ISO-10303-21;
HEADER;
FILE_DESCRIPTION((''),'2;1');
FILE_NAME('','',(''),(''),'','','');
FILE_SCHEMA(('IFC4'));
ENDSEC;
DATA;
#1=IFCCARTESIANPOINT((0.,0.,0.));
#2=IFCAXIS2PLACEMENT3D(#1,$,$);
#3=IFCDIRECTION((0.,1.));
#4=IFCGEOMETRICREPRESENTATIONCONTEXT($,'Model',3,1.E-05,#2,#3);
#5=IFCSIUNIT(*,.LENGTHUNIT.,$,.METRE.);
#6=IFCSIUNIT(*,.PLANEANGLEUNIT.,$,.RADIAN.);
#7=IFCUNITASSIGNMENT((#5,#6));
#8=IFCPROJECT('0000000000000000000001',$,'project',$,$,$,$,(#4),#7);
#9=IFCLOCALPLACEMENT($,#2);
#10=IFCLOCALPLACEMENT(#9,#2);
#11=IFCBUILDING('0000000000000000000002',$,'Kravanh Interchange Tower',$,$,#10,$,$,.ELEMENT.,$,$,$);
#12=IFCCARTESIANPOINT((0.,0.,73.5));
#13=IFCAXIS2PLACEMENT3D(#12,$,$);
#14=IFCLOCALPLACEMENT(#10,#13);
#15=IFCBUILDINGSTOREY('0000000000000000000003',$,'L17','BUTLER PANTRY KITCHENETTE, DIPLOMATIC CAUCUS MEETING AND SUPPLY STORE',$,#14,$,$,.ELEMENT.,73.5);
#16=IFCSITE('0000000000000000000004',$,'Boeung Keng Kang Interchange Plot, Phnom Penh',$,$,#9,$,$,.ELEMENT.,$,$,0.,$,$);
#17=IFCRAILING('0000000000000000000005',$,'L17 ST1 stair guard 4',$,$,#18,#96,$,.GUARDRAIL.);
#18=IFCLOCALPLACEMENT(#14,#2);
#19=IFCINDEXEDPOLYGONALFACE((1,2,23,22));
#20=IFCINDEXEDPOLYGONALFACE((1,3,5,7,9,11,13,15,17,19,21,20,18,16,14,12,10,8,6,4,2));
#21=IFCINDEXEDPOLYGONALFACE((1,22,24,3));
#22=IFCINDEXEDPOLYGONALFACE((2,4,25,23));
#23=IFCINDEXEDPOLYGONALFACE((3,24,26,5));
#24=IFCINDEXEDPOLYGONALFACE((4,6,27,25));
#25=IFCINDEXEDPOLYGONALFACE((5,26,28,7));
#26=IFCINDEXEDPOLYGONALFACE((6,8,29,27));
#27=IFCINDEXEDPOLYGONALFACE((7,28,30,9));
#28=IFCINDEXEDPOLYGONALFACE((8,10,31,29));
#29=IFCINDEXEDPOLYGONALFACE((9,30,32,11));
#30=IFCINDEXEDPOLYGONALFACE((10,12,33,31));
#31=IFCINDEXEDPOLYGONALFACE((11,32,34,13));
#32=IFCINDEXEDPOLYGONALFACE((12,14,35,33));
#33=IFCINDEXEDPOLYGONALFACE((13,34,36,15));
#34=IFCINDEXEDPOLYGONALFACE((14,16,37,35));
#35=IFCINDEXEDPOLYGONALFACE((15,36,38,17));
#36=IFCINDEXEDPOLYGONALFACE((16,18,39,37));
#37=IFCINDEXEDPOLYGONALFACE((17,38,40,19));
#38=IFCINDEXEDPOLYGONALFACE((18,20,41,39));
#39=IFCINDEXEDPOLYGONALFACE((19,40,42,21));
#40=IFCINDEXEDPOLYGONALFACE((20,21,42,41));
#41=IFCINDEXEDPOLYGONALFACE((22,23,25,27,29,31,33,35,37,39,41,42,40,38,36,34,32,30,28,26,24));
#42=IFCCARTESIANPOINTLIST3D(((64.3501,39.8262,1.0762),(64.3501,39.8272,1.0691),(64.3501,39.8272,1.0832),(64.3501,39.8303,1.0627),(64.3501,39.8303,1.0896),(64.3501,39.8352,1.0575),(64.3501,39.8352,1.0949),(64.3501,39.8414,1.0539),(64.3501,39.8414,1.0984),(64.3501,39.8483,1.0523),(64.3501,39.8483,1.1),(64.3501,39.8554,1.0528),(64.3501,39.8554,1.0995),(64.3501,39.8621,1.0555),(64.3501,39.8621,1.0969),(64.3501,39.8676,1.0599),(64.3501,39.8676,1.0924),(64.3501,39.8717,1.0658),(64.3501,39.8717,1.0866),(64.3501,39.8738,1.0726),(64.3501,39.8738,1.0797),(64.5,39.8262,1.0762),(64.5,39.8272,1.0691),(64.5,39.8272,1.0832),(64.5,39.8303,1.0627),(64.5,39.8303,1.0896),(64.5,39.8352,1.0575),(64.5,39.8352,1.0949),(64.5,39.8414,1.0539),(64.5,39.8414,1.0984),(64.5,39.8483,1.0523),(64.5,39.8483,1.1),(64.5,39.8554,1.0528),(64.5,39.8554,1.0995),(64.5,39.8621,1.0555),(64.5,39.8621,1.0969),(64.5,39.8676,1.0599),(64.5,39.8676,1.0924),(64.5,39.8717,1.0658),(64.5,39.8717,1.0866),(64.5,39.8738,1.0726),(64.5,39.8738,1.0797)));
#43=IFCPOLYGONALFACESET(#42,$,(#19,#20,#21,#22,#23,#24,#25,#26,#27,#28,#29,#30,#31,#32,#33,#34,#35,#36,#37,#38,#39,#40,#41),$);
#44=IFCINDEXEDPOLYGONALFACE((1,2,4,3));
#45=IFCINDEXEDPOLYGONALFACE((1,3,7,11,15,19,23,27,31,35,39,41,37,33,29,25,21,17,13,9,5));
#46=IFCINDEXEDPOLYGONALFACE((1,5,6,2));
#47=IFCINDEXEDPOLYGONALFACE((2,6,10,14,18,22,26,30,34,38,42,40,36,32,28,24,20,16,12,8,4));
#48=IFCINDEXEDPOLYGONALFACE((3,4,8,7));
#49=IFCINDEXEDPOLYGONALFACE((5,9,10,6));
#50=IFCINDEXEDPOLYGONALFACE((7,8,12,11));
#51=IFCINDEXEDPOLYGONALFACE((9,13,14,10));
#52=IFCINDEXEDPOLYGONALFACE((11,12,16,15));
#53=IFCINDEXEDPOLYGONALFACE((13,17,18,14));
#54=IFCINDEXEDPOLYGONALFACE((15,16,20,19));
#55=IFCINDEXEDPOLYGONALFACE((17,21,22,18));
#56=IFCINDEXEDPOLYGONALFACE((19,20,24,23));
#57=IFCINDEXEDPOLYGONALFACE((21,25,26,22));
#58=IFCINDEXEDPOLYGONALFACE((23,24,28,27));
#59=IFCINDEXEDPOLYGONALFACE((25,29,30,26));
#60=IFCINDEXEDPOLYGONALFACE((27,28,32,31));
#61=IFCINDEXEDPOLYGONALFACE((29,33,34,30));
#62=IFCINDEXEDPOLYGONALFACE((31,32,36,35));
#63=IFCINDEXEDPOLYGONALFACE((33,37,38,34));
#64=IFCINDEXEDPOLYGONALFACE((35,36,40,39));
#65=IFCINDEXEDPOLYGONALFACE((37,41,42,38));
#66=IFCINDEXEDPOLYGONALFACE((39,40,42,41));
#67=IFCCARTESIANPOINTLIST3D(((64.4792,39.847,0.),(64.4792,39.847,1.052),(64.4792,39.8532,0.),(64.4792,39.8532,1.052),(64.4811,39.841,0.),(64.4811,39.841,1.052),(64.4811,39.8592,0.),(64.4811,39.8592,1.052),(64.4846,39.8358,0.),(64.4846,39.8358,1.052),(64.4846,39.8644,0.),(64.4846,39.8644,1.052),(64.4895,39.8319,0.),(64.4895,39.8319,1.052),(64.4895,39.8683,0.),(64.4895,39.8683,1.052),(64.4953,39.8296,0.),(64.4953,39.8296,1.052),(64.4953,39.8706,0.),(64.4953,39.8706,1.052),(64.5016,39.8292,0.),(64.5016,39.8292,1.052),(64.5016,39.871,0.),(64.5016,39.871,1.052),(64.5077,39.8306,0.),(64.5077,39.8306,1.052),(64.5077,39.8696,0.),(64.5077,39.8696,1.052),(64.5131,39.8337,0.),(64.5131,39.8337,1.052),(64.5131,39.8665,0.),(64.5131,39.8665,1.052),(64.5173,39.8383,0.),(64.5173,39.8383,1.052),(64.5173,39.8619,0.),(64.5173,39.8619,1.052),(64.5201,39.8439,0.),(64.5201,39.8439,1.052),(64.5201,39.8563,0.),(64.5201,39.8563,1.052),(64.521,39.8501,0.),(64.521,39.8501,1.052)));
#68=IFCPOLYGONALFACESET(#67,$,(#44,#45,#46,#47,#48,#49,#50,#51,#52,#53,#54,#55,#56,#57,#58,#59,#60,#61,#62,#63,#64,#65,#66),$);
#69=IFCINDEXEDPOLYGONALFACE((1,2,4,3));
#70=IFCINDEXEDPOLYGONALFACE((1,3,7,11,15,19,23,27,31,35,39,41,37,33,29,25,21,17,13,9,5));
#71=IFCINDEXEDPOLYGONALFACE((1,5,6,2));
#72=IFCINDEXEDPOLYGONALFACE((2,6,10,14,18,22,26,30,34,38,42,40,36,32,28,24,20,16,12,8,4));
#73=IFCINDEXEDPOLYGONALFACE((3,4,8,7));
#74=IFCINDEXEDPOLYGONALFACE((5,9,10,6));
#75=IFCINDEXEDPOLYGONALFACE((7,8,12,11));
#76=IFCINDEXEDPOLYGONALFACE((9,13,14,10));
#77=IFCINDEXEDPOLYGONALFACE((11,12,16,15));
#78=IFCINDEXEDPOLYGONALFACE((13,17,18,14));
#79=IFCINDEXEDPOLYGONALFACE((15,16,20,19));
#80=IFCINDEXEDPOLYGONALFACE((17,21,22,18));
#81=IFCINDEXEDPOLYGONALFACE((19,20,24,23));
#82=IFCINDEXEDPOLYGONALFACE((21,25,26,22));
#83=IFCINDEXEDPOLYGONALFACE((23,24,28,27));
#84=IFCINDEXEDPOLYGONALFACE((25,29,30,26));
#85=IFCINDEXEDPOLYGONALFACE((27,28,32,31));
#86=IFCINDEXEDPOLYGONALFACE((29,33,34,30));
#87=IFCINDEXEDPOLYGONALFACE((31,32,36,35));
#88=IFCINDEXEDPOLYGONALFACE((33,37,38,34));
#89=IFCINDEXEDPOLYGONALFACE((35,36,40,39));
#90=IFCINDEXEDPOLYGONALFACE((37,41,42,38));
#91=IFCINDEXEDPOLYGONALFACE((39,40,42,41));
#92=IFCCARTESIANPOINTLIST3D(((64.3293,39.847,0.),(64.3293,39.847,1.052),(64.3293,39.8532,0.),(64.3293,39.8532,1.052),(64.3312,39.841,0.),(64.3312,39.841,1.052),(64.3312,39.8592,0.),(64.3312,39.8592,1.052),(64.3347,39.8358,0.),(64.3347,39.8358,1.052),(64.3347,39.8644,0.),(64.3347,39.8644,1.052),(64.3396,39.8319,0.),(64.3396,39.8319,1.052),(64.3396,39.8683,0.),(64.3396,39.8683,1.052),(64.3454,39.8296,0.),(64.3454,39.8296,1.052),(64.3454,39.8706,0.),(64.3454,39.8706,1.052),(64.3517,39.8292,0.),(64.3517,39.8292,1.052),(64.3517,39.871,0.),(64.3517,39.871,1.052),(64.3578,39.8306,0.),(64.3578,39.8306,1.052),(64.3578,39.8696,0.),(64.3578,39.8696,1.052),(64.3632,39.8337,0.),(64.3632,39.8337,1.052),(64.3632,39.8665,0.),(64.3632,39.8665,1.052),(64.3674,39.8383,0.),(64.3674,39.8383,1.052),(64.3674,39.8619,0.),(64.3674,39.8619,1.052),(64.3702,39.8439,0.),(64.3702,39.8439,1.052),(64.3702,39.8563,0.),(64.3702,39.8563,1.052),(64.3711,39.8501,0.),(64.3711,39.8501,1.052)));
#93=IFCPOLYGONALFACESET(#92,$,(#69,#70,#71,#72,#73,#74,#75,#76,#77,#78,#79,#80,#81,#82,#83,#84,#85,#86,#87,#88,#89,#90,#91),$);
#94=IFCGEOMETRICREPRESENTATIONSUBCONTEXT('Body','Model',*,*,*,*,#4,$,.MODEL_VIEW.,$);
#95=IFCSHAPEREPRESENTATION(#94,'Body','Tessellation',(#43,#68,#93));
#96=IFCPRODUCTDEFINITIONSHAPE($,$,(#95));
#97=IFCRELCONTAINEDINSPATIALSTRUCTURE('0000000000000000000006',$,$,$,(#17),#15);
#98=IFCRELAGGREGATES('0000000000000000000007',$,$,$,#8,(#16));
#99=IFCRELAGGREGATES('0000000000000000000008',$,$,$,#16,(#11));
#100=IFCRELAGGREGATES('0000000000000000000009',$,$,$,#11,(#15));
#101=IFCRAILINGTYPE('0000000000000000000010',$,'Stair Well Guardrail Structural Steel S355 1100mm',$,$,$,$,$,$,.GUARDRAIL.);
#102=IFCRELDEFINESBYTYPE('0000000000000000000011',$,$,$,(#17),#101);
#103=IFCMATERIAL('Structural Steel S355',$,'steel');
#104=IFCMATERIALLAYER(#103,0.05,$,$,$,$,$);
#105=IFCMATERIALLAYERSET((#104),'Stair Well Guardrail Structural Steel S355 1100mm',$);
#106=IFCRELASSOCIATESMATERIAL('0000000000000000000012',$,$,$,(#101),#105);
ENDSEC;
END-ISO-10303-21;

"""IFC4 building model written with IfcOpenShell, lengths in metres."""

from ifc_helpers import new_model, si_unit, direction, frame, origin, origin_2d, place, context, subcontext, project, spatial, circle, extrude, material, layer, layer_set, type_object, element, save


model = new_model("IFC4")

# Units and contexts
model_context = context("Model", 3, precision=1e-05, world=origin(), true_north=direction((0.0, 1.0)))
body_context = subcontext(model_context, "Body", "Model", "MODEL_VIEW")
ifc_project = project(units=[si_unit("LENGTHUNIT", "METRE"), si_unit("PLANEANGLEUNIT", "RADIAN")], contexts=[model_context])

# Site, building, storey
site_placement = place(None, origin())
site = spatial("IfcSite", under=ifc_project, at=site_placement, Name="Boeung Keng Kang Interchange Plot, Phnom Penh", CompositionType="ELEMENT", RefElevation=0.0)
building_placement = place(site_placement, origin())
building = spatial("IfcBuilding", under=site, at=building_placement, Name="Kravanh Interchange Tower", CompositionType="ELEMENT")
storey_placement = place(building_placement, frame((0.0, 0.0, 73.5)))
storey = spatial("IfcBuildingStorey", under=building, at=storey_placement, Name="L17", Description="BUTLER PANTRY KITCHENETTE, DIPLOMATIC CAUCUS MEETING AND SUPPLY STORE", CompositionType="ELEMENT", Elevation=73.5)

# Railing
ifc_material_1 = material(Name="Structural Steel S355", Category="steel")
ifc_layer_1 = layer(ifc_material_1, 0.05)
ifc_layer_set_1 = layer_set([ifc_layer_1], Name="Stair Well Guardrail Structural Steel S355 1100mm")
railing_type_1 = type_object("IfcRailingType", Name="Stair Well Guardrail Structural Steel S355 1100mm", PredefinedType="GUARDRAIL", material=ifc_layer_set_1)
railing_1_placement = place(storey_placement, frame((64.5, 39.8501, 0.0)))
element("IfcRailing", 1, at=railing_1_placement, inside=storey, type_object=railing_type_1, Name="L17 ST1 stair guard 4", PredefinedType="GUARDRAIL", context=body_context, shape_type="SweptSolid", body=[
    extrude(circle(Radius=0.0239, at=origin_2d()), frame((0.0, 0.0, 1.0762), z_axis=(-1.0, 0.0, 0.0), x_axis=(0.0, -1.0, 0.0)), (0.0, 0.0, 1.0), 0.1499),
    extrude(circle(Radius=0.021, at=origin_2d()), origin(), (0.0, 0.0, 1.0), 1.052),
    extrude(circle(Radius=0.021, at=origin_2d()), frame((-0.1499, 0.0, 0.0)), (0.0, 0.0, 1.0), 1.052),
])

save(model, "model.ifc")
